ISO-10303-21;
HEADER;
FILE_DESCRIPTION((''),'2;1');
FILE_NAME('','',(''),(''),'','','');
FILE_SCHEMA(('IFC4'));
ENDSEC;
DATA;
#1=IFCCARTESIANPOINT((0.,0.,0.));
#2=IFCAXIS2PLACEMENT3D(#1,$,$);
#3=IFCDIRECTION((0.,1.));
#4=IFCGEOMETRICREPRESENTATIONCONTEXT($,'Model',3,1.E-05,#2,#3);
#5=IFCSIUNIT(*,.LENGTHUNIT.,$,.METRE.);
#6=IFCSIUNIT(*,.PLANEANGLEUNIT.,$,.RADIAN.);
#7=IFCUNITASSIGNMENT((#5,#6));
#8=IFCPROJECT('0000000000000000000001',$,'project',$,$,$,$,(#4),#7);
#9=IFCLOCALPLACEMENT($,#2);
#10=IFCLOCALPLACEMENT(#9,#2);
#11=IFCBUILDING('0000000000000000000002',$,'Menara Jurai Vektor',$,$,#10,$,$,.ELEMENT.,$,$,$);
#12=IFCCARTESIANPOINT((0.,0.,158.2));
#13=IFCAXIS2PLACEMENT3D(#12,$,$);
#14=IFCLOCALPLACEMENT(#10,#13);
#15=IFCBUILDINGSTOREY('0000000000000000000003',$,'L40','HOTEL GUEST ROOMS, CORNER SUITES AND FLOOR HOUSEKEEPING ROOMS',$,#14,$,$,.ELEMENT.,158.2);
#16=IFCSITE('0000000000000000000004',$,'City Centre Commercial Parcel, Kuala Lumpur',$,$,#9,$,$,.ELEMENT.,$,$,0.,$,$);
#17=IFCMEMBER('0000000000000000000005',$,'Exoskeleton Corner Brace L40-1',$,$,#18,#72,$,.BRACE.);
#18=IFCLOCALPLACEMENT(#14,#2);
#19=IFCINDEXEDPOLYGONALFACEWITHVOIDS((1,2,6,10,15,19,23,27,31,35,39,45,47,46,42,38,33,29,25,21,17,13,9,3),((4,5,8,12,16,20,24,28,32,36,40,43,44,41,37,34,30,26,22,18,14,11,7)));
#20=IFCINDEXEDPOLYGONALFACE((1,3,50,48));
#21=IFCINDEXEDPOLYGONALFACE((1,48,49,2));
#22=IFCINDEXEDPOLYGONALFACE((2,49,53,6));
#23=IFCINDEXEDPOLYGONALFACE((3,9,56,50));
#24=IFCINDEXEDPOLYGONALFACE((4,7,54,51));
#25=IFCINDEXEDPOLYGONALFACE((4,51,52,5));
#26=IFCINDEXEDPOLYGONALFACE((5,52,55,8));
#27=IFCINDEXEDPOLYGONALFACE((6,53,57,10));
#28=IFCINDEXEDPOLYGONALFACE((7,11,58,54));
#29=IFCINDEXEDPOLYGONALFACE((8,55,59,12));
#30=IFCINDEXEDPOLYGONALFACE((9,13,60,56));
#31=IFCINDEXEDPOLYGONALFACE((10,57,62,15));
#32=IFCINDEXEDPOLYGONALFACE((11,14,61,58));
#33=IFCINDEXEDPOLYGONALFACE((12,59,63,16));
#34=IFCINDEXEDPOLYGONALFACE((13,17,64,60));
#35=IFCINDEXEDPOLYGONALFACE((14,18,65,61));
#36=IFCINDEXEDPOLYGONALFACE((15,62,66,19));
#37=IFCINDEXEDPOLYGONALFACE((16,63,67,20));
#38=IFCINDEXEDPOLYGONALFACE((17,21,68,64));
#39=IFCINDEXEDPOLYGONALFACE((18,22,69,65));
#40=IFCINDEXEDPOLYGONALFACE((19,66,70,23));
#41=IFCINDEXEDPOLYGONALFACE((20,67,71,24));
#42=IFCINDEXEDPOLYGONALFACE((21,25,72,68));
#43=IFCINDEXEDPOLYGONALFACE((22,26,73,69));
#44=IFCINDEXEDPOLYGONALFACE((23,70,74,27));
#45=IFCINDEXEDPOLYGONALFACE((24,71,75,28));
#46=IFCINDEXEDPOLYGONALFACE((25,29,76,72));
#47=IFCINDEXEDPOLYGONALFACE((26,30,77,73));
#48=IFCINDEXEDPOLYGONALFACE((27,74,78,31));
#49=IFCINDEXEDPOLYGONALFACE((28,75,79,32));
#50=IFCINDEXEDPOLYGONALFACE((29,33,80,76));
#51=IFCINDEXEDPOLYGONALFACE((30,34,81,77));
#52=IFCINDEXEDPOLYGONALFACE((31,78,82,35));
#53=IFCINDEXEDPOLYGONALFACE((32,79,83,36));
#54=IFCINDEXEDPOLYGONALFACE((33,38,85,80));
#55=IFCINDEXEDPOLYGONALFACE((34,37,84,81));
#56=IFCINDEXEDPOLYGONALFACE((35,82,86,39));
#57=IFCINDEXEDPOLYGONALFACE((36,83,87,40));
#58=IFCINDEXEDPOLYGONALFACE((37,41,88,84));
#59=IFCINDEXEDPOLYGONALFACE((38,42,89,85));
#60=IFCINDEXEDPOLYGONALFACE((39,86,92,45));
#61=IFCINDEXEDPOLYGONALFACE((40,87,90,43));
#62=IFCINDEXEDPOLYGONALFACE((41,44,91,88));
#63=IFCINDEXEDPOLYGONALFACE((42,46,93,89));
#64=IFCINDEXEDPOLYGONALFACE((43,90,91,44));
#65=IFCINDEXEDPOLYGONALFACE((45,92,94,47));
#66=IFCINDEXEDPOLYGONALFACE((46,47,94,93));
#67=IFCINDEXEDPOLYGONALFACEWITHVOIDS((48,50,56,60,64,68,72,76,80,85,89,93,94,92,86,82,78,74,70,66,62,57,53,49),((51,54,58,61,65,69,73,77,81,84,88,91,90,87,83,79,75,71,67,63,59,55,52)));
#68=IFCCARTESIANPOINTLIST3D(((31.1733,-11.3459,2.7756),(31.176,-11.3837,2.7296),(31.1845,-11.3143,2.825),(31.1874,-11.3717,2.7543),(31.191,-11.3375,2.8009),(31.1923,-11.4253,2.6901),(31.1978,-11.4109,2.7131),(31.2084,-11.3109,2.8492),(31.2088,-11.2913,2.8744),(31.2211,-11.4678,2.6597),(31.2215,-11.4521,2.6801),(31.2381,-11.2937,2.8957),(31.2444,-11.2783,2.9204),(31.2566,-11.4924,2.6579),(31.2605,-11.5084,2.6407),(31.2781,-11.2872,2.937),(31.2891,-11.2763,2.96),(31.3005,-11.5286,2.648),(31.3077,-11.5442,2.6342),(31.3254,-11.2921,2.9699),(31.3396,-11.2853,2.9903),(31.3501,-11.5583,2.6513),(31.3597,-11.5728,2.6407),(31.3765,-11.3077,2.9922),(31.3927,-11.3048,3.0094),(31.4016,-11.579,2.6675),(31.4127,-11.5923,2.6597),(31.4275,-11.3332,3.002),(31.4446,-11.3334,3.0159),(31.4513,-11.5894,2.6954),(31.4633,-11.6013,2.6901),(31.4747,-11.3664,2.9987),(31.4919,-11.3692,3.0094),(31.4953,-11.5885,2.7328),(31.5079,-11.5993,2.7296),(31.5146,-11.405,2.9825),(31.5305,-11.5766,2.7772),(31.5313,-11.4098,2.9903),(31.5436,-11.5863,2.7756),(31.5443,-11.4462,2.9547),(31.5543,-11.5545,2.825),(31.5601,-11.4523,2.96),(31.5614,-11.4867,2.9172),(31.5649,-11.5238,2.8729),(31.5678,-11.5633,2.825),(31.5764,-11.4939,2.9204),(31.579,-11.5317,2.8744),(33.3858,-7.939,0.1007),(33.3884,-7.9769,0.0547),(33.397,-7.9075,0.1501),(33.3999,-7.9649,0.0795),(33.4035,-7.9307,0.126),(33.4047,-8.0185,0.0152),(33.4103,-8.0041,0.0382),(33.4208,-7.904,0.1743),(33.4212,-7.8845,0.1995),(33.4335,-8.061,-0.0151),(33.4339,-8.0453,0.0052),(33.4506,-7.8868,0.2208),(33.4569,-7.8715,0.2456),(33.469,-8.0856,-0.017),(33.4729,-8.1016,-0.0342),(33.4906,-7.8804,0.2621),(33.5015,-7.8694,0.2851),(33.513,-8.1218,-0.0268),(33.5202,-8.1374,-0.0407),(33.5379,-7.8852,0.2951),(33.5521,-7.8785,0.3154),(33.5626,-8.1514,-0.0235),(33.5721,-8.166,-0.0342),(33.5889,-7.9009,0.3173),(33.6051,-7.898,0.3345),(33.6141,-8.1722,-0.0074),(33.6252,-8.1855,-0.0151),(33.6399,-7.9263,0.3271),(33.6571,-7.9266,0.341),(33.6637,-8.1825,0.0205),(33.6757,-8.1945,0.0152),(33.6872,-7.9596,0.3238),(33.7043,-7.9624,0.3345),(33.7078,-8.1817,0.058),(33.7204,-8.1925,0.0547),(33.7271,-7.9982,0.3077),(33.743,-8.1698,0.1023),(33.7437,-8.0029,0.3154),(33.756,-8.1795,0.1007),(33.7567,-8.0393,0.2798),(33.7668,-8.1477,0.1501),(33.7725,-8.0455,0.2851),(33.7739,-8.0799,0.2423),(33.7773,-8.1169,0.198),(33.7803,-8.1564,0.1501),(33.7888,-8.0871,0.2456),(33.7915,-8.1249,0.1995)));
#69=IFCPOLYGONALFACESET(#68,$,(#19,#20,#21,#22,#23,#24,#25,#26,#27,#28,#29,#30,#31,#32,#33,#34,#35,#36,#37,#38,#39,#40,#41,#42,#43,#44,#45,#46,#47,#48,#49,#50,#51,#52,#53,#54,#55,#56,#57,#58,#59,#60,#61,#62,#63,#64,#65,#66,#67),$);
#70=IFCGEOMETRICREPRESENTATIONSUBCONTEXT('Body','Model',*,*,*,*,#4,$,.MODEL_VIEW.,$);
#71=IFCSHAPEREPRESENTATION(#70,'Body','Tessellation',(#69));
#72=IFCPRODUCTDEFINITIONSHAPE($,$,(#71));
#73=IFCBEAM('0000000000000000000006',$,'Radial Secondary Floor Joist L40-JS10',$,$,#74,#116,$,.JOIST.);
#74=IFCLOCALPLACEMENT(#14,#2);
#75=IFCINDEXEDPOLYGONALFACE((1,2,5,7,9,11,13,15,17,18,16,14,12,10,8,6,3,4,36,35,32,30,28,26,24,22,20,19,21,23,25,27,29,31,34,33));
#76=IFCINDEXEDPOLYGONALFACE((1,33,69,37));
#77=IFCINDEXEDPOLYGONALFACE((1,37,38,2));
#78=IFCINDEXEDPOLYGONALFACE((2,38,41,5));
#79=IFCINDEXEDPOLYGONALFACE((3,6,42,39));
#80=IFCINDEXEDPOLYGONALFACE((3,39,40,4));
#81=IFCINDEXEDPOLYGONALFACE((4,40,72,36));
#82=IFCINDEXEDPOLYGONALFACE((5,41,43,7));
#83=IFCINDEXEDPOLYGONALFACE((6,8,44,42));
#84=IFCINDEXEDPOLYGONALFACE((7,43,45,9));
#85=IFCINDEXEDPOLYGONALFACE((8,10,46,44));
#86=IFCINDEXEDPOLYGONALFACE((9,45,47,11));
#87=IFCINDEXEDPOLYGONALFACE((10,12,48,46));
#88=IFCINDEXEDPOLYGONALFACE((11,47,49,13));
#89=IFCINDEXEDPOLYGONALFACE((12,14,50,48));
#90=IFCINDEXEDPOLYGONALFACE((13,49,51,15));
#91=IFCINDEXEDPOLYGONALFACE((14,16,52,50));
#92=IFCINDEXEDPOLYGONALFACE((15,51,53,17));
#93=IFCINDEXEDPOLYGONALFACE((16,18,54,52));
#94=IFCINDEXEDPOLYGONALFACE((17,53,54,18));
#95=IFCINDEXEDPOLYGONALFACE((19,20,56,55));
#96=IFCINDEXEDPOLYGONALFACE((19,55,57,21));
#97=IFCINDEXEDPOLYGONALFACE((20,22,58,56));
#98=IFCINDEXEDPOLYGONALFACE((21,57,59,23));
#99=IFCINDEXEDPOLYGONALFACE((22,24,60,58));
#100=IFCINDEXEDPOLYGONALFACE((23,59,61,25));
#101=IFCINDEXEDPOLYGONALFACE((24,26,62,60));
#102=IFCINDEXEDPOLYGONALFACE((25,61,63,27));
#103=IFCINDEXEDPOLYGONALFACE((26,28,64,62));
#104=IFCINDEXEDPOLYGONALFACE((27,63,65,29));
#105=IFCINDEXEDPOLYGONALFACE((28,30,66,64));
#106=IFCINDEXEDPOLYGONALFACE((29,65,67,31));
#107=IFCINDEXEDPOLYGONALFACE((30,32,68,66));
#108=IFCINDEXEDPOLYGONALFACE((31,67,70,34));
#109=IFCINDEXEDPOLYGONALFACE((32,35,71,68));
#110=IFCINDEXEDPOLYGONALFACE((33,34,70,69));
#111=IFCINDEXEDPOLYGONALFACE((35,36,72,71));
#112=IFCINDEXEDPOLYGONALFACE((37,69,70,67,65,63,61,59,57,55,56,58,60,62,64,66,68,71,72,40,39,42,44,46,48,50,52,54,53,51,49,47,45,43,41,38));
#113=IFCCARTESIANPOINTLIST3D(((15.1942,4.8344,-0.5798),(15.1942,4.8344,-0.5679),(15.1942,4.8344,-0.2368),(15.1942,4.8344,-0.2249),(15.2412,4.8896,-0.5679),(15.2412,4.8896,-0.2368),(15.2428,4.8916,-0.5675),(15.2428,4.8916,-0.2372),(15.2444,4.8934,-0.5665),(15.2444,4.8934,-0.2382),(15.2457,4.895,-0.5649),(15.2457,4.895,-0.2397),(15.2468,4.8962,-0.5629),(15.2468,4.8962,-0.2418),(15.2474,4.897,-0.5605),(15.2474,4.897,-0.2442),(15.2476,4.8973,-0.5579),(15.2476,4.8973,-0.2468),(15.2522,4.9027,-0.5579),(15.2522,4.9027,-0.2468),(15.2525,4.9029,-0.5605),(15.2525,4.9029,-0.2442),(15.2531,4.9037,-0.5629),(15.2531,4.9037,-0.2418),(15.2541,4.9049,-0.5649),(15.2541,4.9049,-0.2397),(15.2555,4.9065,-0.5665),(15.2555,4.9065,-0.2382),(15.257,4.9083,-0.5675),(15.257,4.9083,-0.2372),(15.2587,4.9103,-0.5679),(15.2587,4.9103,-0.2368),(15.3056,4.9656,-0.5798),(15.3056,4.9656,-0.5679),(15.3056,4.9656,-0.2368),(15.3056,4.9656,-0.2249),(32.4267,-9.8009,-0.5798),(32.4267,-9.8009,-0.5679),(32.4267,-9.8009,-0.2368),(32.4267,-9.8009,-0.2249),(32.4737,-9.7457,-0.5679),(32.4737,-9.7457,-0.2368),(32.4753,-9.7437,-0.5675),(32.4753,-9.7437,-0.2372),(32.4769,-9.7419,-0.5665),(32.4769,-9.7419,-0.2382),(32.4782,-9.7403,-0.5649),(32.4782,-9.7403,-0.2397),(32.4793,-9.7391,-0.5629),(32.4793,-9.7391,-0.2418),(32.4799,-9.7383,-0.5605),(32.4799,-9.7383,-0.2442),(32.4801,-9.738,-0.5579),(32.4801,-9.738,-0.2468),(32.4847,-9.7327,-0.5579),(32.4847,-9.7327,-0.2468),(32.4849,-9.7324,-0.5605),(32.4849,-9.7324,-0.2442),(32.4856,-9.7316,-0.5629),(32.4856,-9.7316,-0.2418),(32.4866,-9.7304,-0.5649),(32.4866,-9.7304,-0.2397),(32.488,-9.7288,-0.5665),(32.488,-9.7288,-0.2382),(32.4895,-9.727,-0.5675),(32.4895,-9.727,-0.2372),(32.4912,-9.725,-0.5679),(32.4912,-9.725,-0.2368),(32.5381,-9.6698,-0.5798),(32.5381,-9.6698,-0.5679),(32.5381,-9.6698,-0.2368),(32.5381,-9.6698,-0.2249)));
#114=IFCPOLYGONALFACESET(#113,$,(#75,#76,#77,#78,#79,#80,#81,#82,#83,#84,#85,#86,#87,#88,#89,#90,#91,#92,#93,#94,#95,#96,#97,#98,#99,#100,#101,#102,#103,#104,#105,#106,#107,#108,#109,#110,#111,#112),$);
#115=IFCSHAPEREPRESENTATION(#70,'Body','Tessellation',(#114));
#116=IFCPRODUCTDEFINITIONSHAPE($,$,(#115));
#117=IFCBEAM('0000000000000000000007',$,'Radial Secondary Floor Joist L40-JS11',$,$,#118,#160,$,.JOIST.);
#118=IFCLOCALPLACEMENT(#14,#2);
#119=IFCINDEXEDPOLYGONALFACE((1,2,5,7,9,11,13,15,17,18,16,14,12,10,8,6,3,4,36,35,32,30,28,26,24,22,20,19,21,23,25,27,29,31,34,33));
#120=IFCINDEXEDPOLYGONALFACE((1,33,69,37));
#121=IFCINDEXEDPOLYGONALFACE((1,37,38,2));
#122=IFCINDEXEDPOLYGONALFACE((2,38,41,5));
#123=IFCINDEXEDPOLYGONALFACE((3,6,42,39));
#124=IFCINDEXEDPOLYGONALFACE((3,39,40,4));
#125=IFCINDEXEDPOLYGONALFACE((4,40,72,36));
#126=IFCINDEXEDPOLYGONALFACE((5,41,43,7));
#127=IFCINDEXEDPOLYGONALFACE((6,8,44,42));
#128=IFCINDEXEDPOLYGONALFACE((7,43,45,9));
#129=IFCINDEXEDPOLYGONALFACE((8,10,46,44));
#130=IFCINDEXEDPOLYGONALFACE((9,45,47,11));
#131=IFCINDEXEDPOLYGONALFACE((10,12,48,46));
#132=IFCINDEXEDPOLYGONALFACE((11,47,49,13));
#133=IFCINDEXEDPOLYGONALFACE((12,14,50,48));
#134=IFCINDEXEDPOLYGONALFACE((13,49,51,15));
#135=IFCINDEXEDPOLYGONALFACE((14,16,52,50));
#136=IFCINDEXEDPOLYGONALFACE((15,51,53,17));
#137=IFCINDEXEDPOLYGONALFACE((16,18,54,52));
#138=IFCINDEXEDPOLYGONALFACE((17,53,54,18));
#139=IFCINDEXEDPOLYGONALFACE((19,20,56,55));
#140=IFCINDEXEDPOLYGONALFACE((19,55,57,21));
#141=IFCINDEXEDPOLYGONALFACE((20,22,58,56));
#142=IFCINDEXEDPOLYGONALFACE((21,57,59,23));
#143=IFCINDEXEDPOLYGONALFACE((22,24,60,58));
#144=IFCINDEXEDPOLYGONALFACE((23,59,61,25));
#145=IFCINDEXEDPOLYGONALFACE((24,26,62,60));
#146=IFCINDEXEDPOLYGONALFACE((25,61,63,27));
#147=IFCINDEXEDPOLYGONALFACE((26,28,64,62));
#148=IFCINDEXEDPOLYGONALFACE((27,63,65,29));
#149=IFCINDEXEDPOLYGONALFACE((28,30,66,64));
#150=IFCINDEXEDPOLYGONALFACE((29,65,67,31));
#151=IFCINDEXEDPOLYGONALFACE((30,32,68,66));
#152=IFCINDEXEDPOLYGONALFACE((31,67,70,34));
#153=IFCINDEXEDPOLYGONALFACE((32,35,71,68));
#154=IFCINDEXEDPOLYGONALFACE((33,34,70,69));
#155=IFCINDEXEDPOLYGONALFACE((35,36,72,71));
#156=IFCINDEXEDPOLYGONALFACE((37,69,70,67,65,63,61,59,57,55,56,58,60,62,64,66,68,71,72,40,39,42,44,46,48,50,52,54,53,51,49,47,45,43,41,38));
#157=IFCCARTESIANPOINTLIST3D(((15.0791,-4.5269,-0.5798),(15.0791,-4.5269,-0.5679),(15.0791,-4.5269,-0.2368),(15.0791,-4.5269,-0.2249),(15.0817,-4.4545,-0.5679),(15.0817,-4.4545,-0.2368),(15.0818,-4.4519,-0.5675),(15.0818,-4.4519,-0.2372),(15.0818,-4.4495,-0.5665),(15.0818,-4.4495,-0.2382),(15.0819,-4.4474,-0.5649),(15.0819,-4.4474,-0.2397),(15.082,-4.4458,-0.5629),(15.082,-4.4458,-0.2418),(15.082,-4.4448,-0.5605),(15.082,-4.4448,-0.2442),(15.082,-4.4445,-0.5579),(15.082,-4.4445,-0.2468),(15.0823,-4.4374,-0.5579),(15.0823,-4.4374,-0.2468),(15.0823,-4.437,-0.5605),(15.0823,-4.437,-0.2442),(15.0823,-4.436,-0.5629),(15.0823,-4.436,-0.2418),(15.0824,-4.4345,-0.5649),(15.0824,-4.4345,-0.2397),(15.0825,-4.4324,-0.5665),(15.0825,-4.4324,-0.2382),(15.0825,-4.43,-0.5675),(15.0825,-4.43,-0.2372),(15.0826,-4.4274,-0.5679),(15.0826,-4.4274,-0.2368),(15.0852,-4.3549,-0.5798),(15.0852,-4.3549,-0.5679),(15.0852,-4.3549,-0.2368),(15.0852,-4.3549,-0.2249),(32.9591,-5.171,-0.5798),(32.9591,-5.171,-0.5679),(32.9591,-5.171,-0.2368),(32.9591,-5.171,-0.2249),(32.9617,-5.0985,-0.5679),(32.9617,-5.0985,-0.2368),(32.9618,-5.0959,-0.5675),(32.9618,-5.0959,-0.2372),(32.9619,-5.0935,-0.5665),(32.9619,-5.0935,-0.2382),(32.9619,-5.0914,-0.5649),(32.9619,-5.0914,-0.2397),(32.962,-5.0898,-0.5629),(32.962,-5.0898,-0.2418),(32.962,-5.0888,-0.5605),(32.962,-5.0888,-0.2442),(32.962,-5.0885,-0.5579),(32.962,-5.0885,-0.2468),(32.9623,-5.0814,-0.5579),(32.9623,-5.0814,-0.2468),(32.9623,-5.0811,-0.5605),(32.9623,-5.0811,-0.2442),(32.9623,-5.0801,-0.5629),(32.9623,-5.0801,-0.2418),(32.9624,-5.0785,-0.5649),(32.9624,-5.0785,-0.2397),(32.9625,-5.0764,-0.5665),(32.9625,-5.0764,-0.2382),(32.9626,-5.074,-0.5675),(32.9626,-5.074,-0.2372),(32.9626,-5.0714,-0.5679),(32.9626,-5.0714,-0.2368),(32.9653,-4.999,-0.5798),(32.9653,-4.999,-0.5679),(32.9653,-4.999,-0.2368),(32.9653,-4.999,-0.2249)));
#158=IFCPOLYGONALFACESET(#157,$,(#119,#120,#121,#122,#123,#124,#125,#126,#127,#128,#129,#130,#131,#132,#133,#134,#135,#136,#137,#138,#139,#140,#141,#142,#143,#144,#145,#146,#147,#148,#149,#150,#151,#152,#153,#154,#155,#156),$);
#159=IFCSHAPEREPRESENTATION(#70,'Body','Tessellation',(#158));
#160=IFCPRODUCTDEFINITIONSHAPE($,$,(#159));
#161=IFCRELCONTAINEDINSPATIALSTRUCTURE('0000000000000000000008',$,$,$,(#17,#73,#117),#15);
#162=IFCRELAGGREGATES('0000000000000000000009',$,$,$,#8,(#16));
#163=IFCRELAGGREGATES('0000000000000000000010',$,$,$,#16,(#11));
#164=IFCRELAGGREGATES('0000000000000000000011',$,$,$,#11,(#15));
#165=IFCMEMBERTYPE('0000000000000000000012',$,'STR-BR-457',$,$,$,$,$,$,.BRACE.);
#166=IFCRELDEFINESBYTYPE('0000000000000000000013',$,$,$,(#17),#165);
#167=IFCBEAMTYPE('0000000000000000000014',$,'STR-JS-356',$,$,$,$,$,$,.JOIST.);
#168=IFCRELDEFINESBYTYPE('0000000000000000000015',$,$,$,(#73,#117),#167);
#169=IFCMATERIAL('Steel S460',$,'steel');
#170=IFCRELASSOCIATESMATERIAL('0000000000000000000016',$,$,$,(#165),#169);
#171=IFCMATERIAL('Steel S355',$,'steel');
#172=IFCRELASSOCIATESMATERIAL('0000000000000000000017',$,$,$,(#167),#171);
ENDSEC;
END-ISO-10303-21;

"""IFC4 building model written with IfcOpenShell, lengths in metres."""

from ifc_helpers import new_model, si_unit, direction, frame, origin, origin_2d, place, context, subcontext, project, spatial, hollow_circle, i_section, extrude, material, material_profile, profile_set, type_object, element, save


model = new_model("IFC4")

# Units and contexts
model_context = context("Model", 3, precision=1e-05, world=origin(), true_north=direction((0.0, 1.0)))
body_context = subcontext(model_context, "Body", "Model", "MODEL_VIEW")
ifc_project = project(units=[si_unit("LENGTHUNIT", "METRE"), si_unit("PLANEANGLEUNIT", "RADIAN")], contexts=[model_context])

# Site, building, storey
site_placement = place(None, origin())
site = spatial("IfcSite", under=ifc_project, at=site_placement, Name="City Centre Commercial Parcel, Kuala Lumpur", CompositionType="ELEMENT", RefElevation=0.0)
building_placement = place(site_placement, origin())
building = spatial("IfcBuilding", under=site, at=building_placement, Name="Menara Jurai Vektor", CompositionType="ELEMENT")
storey_placement = place(building_placement, frame((0.0, 0.0, 158.2)))
storey = spatial("IfcBuildingStorey", under=building, at=storey_placement, Name="L40", Description="HOTEL GUEST ROOMS, CORNER SUITES AND FLOOR HOUSEKEEPING ROOMS", CompositionType="ELEMENT", Elevation=158.2)

# Shared definitions
ifc_material_1 = material(Name="Steel S460", Category="steel")

# Shared definitions
ifc_material_2 = material(Name="Steel S355", Category="steel")

# Member
ifc_material_profile_1 = material_profile(ifc_material_1, hollow_circle(Radius=0.2285, WallThickness=0.0161, at=origin_2d()), Name="CHS 457x16")
ifc_profile_set_1 = profile_set([ifc_material_profile_1], Name="Steel S460")
member_type_1 = type_object("IfcMemberType", Name="STR-BR-457", PredefinedType="BRACE", material=ifc_profile_set_1)
member_1_placement = place(storey_placement, frame((33.5886, -8.032, 0.1501), z_axis=(-0.454884, -0.700448, 0.549957), x_axis=(0.838666, -0.544646, 0.0)))
element("IfcMember", 1, at=member_1_placement, inside=storey, type_object=member_type_1, Name="Exoskeleton Corner Brace L40-1", PredefinedType="BRACE", context=body_context, shape_type="SweptSolid", body=[
    extrude(hollow_circle(Radius=0.2285, WallThickness=0.0161, at=origin_2d()), origin(), (0.0, 0.0, 1.0), 4.8638),
])

# Beams
ifc_material_profile_2 = material_profile(ifc_material_2, i_section(OverallWidth=0.1721, OverallDepth=0.355, WebThickness=0.0071, FlangeThickness=0.012, FilletRadius=0.01, at=origin_2d()), Name="UKB 356x171x51")
ifc_profile_set_2 = profile_set([ifc_material_profile_2], Name="Steel S355")
beam_type_1 = type_object("IfcBeamType", Name="STR-JS-356", PredefinedType="JOIST", material=ifc_profile_set_2)
beam_1_placement = place(storey_placement, frame((32.4824, -9.7354, -0.4023), z_axis=(-0.762208, 0.647332, 0.0), x_axis=(-0.647332, -0.762208, 0.0)))
element("IfcBeam", 2, at=beam_1_placement, inside=storey, type_object=beam_type_1, Name="Radial Secondary Floor Joist L40-JS10", PredefinedType="JOIST", context=body_context, shape_type="SweptSolid", body=[
    extrude(i_section(OverallWidth=0.1721, OverallDepth=0.355, WebThickness=0.0071, FlangeThickness=0.012, FilletRadius=0.01, at=origin_2d()), origin(), (0.0, 0.0, 1.0), 22.6086),
])
beam_2_placement = place(storey_placement, frame((32.9622, -5.085, -0.4023), z_axis=(-0.999352, 0.035997, 0.0), x_axis=(-0.035997, -0.999352, 0.0)))
element("IfcBeam", 3, at=beam_2_placement, inside=storey, type_object=beam_type_1, Name="Radial Secondary Floor Joist L40-JS11", PredefinedType="JOIST", context=body_context, shape_type="SweptSolid", body=[
    extrude(i_section(OverallWidth=0.1721, OverallDepth=0.355, WebThickness=0.0071, FlangeThickness=0.012, FilletRadius=0.01, at=origin_2d()), origin(), (0.0, 0.0, 1.0), 17.8916),
])

save(model, "model.ifc")
